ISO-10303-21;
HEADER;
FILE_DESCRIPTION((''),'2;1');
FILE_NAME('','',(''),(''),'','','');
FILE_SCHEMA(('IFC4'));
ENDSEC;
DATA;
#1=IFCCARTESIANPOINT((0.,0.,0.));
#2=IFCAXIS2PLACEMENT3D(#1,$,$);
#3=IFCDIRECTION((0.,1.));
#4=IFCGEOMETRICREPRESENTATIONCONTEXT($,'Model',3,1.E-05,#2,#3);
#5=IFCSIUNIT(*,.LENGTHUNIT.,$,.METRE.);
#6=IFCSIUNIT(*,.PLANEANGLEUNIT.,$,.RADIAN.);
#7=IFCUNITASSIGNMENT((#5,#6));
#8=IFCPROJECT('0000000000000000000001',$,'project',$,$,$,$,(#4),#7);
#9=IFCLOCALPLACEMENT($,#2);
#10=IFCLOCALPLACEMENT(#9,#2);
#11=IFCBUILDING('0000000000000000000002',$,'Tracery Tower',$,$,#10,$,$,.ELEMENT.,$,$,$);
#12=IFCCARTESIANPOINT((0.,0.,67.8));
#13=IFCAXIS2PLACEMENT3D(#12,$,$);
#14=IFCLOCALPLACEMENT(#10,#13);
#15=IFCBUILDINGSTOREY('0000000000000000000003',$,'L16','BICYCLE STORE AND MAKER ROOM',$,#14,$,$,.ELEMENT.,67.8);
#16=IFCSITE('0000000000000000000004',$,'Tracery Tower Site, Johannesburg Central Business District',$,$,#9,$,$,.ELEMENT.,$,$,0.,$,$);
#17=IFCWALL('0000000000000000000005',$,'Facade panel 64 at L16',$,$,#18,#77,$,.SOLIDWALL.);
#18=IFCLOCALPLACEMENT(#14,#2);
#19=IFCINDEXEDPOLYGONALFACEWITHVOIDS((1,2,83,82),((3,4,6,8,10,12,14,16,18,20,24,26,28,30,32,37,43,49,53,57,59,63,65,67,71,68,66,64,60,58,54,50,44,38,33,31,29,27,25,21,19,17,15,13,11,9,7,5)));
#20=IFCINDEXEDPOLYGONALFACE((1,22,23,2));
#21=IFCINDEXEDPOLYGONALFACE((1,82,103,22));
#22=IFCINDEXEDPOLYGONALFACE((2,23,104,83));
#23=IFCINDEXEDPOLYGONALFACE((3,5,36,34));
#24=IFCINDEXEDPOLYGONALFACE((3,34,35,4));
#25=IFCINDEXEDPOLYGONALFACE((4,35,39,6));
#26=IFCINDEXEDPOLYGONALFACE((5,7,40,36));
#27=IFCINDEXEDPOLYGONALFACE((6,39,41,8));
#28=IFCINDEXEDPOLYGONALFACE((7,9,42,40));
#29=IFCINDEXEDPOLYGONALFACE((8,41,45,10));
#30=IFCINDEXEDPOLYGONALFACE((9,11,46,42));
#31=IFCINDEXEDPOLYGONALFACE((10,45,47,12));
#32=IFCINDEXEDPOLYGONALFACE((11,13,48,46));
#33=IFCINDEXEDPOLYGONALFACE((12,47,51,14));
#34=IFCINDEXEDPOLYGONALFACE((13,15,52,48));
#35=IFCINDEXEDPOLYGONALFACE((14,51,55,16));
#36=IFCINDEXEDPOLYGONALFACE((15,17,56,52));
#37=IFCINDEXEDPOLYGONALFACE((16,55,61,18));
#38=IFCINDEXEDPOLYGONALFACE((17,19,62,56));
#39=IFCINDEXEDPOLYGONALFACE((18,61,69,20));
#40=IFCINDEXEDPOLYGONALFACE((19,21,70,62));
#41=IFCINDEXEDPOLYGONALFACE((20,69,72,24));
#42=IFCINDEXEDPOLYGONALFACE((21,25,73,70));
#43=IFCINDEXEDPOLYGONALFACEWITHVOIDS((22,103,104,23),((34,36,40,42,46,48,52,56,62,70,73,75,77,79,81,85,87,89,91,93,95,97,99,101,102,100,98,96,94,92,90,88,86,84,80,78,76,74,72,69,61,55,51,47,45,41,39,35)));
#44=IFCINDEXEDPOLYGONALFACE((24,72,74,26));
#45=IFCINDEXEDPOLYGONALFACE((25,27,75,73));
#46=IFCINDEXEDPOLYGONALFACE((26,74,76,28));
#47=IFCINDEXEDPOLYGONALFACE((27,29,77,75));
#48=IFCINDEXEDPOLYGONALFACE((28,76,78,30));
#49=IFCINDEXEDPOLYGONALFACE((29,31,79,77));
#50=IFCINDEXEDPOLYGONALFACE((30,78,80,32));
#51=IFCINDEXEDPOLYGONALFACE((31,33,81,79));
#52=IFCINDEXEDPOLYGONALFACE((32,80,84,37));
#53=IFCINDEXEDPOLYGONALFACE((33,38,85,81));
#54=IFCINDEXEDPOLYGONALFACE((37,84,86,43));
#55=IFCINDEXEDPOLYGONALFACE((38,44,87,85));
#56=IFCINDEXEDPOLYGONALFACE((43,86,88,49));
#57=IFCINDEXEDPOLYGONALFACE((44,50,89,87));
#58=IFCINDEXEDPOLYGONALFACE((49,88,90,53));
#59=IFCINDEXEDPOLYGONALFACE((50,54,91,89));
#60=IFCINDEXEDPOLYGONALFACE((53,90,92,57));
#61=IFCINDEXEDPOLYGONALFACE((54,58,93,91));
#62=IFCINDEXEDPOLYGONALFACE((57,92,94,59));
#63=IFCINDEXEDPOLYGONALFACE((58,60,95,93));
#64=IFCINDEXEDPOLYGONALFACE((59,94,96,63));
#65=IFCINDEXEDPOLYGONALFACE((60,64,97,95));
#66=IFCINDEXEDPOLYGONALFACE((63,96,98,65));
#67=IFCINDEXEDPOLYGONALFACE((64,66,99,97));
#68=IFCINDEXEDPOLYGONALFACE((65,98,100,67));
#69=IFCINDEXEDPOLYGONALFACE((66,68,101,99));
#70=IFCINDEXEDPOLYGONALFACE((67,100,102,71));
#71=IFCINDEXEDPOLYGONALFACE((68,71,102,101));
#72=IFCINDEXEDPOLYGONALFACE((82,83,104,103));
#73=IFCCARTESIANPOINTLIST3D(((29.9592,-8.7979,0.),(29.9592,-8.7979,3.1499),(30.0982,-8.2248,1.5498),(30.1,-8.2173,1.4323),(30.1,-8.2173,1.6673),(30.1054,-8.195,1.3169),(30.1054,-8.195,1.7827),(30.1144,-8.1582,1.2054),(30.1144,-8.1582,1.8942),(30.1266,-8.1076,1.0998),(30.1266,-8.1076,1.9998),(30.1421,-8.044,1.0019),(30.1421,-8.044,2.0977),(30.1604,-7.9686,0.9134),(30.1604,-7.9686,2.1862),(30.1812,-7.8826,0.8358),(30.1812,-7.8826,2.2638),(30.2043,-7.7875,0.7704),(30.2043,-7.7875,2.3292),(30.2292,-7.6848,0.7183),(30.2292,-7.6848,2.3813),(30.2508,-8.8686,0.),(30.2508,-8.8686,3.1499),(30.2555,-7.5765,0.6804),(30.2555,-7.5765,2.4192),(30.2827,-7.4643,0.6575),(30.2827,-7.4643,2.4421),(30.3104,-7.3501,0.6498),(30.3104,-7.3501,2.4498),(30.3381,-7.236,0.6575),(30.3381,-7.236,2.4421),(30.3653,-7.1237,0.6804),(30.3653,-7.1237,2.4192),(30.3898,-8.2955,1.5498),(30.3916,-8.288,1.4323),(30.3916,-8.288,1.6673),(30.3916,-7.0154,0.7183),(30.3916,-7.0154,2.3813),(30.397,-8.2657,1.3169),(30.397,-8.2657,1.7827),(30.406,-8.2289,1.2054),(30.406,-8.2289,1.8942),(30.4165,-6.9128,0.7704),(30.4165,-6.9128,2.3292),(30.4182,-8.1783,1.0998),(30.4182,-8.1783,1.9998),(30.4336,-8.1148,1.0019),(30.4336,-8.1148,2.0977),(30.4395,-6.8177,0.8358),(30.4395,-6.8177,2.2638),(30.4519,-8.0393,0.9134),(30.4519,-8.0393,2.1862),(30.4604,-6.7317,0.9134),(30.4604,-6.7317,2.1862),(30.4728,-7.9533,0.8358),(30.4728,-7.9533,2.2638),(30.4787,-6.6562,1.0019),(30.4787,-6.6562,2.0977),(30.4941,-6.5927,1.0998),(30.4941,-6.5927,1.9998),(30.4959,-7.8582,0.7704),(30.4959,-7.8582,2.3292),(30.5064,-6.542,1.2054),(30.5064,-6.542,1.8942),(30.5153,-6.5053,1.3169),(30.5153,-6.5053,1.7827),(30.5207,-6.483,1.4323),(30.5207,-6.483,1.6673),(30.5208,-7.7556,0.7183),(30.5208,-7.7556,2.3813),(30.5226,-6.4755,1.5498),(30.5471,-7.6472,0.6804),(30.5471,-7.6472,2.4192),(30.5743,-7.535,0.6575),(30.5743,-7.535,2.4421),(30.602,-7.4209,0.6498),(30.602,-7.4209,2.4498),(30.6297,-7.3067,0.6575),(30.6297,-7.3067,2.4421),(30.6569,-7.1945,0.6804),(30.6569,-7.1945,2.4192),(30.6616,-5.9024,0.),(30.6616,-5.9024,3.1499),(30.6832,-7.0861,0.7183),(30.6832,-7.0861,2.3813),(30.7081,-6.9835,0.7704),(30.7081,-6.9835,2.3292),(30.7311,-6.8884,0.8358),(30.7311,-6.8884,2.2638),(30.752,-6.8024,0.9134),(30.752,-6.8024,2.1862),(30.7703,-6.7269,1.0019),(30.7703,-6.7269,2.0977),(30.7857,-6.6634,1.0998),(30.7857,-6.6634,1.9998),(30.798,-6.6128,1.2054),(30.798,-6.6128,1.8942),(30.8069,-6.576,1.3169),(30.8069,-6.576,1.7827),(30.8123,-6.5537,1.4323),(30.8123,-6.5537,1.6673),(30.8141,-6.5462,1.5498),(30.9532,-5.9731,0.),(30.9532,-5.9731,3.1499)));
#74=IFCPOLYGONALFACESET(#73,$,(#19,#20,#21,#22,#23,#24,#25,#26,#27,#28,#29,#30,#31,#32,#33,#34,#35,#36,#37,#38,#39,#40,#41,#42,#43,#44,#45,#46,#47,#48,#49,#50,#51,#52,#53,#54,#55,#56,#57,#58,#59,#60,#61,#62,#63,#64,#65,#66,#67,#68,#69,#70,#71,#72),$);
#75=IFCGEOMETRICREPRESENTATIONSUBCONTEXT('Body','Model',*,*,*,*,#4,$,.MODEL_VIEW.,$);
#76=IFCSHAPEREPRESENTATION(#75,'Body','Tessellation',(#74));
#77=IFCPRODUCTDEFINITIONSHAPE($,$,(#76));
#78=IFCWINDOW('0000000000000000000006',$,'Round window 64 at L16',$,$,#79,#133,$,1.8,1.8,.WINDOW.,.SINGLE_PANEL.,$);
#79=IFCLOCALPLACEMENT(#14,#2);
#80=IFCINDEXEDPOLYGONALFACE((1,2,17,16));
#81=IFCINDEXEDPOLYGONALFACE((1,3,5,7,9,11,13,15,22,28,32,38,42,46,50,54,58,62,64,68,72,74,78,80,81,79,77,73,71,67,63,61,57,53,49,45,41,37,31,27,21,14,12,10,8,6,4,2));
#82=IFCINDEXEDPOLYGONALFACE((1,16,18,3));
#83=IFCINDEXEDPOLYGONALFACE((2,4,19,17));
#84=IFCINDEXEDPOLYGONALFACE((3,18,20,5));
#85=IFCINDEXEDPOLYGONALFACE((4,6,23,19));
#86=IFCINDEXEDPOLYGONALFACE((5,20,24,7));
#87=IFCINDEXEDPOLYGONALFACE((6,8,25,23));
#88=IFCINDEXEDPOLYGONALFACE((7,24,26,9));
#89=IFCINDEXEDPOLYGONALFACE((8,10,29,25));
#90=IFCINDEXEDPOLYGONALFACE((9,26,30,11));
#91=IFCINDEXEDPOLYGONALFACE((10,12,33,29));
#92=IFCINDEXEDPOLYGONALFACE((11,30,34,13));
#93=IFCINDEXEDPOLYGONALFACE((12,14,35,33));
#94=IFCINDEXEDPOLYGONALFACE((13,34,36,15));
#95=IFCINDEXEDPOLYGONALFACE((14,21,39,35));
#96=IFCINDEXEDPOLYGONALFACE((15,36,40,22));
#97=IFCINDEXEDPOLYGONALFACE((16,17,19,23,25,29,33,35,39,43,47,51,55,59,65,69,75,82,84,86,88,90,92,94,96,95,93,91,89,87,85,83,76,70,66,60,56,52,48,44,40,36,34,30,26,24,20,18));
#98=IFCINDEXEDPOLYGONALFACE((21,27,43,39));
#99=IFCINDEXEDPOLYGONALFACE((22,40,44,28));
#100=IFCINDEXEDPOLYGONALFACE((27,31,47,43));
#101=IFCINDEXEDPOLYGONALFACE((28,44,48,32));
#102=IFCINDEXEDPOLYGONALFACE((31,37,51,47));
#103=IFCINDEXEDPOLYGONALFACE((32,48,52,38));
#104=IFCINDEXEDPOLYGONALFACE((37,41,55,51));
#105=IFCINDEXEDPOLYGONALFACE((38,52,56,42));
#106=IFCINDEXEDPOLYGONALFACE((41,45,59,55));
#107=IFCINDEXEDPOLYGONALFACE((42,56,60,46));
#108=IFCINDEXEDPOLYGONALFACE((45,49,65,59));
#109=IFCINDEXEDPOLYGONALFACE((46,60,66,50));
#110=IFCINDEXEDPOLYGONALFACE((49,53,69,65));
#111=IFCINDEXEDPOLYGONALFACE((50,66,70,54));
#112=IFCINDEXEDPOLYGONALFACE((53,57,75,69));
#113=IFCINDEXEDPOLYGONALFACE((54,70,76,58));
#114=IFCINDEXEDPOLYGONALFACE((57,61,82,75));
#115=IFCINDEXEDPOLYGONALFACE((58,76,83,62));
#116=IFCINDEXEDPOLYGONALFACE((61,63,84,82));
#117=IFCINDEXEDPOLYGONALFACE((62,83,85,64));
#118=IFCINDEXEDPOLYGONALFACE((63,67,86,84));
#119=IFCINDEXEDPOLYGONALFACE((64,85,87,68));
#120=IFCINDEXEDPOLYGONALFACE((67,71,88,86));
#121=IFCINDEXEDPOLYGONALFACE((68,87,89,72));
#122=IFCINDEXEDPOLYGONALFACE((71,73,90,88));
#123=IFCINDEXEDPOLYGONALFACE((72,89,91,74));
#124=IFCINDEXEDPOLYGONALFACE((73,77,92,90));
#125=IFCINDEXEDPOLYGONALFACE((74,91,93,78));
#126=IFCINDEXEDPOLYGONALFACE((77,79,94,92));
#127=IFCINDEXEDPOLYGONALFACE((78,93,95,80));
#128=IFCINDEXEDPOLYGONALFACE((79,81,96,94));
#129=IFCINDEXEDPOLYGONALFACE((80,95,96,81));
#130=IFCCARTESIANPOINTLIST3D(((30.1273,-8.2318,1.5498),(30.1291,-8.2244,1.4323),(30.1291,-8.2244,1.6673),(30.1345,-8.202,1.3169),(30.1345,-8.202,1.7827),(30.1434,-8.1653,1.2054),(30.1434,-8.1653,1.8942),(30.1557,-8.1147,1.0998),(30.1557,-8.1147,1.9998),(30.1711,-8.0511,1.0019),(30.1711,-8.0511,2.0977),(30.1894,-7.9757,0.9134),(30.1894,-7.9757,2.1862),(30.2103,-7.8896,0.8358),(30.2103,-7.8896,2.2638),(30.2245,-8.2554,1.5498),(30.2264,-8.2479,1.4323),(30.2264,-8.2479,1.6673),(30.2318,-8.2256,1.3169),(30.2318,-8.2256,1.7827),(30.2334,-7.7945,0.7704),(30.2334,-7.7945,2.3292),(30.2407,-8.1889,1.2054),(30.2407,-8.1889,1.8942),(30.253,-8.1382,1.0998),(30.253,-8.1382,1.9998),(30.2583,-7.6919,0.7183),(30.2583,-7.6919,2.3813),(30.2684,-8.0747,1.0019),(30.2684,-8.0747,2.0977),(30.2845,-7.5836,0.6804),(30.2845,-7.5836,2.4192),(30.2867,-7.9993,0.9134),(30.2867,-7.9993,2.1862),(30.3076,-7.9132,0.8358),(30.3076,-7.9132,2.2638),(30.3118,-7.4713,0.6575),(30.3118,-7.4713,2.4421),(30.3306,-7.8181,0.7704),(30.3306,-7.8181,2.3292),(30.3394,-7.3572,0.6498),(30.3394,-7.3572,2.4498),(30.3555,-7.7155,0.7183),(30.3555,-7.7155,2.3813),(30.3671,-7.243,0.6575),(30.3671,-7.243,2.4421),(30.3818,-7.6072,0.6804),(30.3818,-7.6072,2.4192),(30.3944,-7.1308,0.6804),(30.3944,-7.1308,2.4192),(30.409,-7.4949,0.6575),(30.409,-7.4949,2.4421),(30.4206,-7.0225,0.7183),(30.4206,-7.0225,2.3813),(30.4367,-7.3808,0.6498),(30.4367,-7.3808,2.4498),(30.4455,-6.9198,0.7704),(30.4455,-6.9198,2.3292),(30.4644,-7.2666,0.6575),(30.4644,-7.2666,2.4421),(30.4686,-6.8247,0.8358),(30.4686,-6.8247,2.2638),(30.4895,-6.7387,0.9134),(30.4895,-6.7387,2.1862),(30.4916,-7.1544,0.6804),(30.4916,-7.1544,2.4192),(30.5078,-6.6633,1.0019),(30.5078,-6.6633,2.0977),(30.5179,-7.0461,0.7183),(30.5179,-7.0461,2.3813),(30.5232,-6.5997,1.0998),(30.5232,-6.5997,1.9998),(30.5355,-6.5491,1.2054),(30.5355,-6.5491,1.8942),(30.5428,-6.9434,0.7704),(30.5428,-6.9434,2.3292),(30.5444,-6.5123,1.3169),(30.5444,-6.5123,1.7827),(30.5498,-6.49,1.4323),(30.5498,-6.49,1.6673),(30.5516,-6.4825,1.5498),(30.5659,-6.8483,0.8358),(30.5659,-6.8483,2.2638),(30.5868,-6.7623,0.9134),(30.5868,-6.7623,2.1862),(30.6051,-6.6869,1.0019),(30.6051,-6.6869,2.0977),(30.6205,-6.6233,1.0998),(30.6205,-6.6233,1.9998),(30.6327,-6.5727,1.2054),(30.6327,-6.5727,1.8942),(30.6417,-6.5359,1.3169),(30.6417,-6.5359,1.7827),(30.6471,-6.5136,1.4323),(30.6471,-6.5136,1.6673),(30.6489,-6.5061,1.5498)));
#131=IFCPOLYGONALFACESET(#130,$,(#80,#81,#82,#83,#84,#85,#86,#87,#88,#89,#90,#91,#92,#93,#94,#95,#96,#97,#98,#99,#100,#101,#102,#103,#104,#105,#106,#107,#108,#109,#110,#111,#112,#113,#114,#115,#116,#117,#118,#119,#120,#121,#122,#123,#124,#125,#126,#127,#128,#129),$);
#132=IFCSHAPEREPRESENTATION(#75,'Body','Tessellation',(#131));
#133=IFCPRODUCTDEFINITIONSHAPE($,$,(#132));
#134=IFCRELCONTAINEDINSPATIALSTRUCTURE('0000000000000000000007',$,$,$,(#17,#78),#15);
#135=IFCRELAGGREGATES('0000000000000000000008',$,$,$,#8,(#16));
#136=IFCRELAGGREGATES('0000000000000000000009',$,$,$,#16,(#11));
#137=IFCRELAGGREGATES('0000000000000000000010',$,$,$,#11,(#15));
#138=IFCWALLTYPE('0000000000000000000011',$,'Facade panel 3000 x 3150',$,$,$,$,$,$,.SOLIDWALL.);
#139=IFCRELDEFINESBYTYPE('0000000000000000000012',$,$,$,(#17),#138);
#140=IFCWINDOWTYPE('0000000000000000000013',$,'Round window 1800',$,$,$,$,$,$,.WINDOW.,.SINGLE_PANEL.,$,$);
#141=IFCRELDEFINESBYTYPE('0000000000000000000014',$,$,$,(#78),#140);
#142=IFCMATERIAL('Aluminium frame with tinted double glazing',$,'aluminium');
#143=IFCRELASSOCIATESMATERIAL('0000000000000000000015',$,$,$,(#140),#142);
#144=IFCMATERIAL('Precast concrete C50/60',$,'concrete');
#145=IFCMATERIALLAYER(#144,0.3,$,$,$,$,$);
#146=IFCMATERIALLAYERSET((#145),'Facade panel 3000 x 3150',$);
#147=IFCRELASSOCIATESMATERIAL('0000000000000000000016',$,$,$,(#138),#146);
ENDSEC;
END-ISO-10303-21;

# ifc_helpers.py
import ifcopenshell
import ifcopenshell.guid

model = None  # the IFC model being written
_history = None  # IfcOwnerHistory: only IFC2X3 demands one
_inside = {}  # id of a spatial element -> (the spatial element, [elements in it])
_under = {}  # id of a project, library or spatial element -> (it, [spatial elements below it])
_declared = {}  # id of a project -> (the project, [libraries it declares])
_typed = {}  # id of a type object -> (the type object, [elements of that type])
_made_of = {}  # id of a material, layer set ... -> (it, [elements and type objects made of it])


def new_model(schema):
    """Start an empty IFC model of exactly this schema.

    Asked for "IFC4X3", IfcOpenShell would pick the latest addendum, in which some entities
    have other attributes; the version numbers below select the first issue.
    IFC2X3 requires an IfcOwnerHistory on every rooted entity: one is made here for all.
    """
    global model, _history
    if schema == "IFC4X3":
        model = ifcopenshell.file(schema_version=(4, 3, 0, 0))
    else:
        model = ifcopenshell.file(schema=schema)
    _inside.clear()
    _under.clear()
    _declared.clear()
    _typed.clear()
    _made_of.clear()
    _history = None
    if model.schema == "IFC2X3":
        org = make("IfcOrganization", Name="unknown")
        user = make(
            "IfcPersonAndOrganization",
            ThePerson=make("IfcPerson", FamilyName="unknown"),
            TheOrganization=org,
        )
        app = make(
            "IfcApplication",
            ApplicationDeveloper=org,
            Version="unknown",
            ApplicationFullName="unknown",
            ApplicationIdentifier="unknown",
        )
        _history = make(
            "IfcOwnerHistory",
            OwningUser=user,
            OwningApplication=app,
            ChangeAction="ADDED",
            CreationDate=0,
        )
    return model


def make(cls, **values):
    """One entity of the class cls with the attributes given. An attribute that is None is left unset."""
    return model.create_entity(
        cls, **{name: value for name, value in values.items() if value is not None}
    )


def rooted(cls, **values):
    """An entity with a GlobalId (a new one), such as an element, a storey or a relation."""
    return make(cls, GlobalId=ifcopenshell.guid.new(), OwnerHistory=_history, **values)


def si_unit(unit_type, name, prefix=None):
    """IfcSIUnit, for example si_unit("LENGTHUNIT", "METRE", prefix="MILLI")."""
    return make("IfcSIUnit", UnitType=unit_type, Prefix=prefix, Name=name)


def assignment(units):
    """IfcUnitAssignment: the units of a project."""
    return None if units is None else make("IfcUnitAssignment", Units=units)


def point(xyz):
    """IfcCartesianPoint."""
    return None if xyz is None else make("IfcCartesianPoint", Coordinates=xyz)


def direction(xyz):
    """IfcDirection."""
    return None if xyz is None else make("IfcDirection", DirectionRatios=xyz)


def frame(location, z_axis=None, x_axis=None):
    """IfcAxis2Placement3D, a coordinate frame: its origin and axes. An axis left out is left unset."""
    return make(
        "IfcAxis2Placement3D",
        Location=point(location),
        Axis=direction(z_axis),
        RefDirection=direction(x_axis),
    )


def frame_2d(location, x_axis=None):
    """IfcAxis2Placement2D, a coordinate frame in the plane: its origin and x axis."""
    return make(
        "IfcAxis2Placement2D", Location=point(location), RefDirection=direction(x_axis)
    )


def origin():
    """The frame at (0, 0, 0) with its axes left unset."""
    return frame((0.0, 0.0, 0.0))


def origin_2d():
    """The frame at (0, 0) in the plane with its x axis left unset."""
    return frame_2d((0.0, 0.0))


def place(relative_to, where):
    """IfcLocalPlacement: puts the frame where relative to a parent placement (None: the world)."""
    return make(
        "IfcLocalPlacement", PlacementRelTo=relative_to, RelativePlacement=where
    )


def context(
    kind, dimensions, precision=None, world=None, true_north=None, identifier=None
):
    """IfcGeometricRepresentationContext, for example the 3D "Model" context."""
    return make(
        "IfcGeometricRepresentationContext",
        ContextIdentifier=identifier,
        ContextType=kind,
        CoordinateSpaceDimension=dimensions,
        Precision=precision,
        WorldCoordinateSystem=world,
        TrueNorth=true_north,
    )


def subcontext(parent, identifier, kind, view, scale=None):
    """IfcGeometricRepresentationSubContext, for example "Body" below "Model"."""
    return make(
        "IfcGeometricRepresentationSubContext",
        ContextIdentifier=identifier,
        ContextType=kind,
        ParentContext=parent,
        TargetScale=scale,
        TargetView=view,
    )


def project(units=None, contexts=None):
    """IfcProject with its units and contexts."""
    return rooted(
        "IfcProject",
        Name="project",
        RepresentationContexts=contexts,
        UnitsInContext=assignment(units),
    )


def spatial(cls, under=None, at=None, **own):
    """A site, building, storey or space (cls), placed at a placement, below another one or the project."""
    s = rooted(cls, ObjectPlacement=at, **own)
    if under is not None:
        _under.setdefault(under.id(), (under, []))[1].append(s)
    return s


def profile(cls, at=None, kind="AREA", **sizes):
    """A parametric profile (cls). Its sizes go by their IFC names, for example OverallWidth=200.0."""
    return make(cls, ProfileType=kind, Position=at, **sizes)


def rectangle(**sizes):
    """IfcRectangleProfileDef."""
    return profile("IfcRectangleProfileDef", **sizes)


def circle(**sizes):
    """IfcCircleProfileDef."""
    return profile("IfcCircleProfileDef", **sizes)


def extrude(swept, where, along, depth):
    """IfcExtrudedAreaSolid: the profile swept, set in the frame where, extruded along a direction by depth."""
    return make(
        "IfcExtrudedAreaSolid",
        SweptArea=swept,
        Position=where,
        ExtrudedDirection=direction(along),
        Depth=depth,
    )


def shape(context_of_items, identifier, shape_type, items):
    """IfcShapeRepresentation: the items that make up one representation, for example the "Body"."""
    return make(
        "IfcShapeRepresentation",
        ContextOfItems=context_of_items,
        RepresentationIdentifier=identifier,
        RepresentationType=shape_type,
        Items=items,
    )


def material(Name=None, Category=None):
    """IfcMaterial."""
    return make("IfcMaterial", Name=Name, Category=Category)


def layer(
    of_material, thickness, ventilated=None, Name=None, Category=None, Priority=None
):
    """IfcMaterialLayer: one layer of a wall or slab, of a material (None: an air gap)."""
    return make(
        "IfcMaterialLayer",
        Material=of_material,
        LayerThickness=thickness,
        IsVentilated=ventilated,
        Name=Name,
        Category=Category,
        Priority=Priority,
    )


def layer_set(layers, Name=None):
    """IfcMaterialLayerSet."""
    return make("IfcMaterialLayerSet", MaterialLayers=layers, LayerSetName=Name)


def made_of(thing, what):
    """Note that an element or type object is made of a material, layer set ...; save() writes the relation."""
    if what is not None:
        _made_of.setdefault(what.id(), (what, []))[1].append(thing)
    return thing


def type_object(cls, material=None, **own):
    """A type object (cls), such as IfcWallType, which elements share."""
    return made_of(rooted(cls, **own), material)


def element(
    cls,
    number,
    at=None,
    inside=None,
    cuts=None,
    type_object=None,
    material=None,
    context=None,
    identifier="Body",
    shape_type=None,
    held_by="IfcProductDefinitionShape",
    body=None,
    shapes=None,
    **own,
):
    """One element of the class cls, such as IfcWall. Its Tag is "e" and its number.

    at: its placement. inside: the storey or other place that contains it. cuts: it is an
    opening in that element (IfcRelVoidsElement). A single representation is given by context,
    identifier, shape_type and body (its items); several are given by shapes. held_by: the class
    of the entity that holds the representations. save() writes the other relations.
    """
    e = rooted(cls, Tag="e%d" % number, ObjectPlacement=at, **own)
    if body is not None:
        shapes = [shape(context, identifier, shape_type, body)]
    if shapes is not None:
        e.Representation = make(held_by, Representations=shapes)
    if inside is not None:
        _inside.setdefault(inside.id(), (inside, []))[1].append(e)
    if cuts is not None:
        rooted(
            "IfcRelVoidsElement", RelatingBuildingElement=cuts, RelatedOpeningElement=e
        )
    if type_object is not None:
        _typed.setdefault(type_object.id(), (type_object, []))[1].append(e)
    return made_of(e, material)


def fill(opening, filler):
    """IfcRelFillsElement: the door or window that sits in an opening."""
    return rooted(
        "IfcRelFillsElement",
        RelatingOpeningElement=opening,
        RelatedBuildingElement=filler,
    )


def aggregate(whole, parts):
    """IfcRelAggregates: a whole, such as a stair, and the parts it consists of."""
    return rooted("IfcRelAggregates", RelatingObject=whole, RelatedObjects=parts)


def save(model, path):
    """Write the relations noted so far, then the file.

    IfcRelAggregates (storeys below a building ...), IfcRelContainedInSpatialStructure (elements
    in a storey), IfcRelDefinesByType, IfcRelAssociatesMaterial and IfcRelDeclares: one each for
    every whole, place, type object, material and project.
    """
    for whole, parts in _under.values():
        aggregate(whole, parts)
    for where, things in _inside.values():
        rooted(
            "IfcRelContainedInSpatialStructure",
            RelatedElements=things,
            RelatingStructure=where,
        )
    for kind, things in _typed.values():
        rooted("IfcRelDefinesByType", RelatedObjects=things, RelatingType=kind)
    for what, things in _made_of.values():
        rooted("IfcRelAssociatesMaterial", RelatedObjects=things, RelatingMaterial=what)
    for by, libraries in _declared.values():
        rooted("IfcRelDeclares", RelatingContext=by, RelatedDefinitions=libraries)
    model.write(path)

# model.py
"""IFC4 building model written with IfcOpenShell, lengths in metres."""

from ifc_helpers import new_model, si_unit, direction, frame, frame_2d, origin, origin_2d, place, context, subcontext, project, spatial, rectangle, circle, extrude, material, layer, layer_set, type_object, element, fill, save


model = new_model("IFC4")

# Units and contexts
model_context = context("Model", 3, precision=1e-05, world=origin(), true_north=direction((0.0, 1.0)))
body_context = subcontext(model_context, "Body", "Model", "MODEL_VIEW")
ifc_project = project(units=[si_unit("LENGTHUNIT", "METRE"), si_unit("PLANEANGLEUNIT", "RADIAN")], contexts=[model_context])

# Site, building, storey
site_placement = place(None, origin())
site = spatial("IfcSite", under=ifc_project, at=site_placement, Name="Tracery Tower Site, Johannesburg Central Business District", CompositionType="ELEMENT", RefElevation=0.0)
building_placement = place(site_placement, origin())
building = spatial("IfcBuilding", under=site, at=building_placement, Name="Tracery Tower", CompositionType="ELEMENT")
storey_placement = place(building_placement, frame((0.0, 0.0, 67.8)))
storey = spatial("IfcBuildingStorey", under=building, at=storey_placement, Name="L16", Description="BICYCLE STORE AND MAKER ROOM", CompositionType="ELEMENT", Elevation=67.8)

# Wall, opening, window
ifc_material_1 = material(Name="Aluminium frame with tinted double glazing", Category="aluminium")
window_type = type_object("IfcWindowType", Name="Round window 1800", PartitioningType="SINGLE_PANEL", PredefinedType="WINDOW", material=ifc_material_1)
ifc_material_2 = material(Name="Precast concrete C50/60", Category="concrete")
ifc_layer_1 = layer(ifc_material_2, 0.3)
ifc_layer_set_1 = layer_set([ifc_layer_1], Name="Facade panel 3000 x 3150")
wall_type_1 = type_object("IfcWallType", Name="Facade panel 3000 x 3150", PredefinedType="SOLIDWALL", material=ifc_layer_set_1)
wall_1_placement = place(storey_placement, frame((30.105, -8.8333, 0.0), z_axis=(0.0, 0.0, 1.0), x_axis=(0.235743, 0.971815, 0.0)))
wall_1 = element("IfcWall", 1, at=wall_1_placement, inside=storey, type_object=wall_type_1, Name="Facade panel 64 at L16", PredefinedType="SOLIDWALL", context=body_context, shape_type="SweptSolid", body=[
    extrude(rectangle(XDim=2.9795, YDim=0.3, at=frame_2d((1.4897, 0.0))), origin(), (0.0, 0.0, 1.0), 3.1499),
])
opening_1_placement = place(wall_1_placement, frame((1.4897, 0.0, 1.5498)))
opening_1 = element("IfcOpeningElement", 2, at=opening_1_placement, cuts=wall_1, PredefinedType="OPENING", context=body_context, shape_type="SweptSolid", body=[
    extrude(circle(Radius=0.9, at=origin_2d()), frame((0.0, 0.1599, 0.0), z_axis=(0.0, -1.0, 0.0), x_axis=(1.0, 0.0, 0.0)), (0.0, 0.0, 1.0), 0.3201),
])
window_1_placement = place(opening_1_placement, origin())
window_1 = element("IfcWindow", 3, at=window_1_placement, inside=storey, type_object=window_type, Name="Round window 64 at L16", OverallHeight=1.8, OverallWidth=1.8, PartitioningType="SINGLE_PANEL", PredefinedType="WINDOW", context=body_context, shape_type="SweptSolid", body=[
    extrude(circle(Radius=0.9, at=origin_2d()), frame((0.0, 0.1201, 0.0), z_axis=(0.0, -1.0, 0.0), x_axis=(1.0, 0.0, 0.0)), (0.0, 0.0, 1.0), 0.1001),
])
fill(opening_1, window_1)

save(model, "model.ifc")
